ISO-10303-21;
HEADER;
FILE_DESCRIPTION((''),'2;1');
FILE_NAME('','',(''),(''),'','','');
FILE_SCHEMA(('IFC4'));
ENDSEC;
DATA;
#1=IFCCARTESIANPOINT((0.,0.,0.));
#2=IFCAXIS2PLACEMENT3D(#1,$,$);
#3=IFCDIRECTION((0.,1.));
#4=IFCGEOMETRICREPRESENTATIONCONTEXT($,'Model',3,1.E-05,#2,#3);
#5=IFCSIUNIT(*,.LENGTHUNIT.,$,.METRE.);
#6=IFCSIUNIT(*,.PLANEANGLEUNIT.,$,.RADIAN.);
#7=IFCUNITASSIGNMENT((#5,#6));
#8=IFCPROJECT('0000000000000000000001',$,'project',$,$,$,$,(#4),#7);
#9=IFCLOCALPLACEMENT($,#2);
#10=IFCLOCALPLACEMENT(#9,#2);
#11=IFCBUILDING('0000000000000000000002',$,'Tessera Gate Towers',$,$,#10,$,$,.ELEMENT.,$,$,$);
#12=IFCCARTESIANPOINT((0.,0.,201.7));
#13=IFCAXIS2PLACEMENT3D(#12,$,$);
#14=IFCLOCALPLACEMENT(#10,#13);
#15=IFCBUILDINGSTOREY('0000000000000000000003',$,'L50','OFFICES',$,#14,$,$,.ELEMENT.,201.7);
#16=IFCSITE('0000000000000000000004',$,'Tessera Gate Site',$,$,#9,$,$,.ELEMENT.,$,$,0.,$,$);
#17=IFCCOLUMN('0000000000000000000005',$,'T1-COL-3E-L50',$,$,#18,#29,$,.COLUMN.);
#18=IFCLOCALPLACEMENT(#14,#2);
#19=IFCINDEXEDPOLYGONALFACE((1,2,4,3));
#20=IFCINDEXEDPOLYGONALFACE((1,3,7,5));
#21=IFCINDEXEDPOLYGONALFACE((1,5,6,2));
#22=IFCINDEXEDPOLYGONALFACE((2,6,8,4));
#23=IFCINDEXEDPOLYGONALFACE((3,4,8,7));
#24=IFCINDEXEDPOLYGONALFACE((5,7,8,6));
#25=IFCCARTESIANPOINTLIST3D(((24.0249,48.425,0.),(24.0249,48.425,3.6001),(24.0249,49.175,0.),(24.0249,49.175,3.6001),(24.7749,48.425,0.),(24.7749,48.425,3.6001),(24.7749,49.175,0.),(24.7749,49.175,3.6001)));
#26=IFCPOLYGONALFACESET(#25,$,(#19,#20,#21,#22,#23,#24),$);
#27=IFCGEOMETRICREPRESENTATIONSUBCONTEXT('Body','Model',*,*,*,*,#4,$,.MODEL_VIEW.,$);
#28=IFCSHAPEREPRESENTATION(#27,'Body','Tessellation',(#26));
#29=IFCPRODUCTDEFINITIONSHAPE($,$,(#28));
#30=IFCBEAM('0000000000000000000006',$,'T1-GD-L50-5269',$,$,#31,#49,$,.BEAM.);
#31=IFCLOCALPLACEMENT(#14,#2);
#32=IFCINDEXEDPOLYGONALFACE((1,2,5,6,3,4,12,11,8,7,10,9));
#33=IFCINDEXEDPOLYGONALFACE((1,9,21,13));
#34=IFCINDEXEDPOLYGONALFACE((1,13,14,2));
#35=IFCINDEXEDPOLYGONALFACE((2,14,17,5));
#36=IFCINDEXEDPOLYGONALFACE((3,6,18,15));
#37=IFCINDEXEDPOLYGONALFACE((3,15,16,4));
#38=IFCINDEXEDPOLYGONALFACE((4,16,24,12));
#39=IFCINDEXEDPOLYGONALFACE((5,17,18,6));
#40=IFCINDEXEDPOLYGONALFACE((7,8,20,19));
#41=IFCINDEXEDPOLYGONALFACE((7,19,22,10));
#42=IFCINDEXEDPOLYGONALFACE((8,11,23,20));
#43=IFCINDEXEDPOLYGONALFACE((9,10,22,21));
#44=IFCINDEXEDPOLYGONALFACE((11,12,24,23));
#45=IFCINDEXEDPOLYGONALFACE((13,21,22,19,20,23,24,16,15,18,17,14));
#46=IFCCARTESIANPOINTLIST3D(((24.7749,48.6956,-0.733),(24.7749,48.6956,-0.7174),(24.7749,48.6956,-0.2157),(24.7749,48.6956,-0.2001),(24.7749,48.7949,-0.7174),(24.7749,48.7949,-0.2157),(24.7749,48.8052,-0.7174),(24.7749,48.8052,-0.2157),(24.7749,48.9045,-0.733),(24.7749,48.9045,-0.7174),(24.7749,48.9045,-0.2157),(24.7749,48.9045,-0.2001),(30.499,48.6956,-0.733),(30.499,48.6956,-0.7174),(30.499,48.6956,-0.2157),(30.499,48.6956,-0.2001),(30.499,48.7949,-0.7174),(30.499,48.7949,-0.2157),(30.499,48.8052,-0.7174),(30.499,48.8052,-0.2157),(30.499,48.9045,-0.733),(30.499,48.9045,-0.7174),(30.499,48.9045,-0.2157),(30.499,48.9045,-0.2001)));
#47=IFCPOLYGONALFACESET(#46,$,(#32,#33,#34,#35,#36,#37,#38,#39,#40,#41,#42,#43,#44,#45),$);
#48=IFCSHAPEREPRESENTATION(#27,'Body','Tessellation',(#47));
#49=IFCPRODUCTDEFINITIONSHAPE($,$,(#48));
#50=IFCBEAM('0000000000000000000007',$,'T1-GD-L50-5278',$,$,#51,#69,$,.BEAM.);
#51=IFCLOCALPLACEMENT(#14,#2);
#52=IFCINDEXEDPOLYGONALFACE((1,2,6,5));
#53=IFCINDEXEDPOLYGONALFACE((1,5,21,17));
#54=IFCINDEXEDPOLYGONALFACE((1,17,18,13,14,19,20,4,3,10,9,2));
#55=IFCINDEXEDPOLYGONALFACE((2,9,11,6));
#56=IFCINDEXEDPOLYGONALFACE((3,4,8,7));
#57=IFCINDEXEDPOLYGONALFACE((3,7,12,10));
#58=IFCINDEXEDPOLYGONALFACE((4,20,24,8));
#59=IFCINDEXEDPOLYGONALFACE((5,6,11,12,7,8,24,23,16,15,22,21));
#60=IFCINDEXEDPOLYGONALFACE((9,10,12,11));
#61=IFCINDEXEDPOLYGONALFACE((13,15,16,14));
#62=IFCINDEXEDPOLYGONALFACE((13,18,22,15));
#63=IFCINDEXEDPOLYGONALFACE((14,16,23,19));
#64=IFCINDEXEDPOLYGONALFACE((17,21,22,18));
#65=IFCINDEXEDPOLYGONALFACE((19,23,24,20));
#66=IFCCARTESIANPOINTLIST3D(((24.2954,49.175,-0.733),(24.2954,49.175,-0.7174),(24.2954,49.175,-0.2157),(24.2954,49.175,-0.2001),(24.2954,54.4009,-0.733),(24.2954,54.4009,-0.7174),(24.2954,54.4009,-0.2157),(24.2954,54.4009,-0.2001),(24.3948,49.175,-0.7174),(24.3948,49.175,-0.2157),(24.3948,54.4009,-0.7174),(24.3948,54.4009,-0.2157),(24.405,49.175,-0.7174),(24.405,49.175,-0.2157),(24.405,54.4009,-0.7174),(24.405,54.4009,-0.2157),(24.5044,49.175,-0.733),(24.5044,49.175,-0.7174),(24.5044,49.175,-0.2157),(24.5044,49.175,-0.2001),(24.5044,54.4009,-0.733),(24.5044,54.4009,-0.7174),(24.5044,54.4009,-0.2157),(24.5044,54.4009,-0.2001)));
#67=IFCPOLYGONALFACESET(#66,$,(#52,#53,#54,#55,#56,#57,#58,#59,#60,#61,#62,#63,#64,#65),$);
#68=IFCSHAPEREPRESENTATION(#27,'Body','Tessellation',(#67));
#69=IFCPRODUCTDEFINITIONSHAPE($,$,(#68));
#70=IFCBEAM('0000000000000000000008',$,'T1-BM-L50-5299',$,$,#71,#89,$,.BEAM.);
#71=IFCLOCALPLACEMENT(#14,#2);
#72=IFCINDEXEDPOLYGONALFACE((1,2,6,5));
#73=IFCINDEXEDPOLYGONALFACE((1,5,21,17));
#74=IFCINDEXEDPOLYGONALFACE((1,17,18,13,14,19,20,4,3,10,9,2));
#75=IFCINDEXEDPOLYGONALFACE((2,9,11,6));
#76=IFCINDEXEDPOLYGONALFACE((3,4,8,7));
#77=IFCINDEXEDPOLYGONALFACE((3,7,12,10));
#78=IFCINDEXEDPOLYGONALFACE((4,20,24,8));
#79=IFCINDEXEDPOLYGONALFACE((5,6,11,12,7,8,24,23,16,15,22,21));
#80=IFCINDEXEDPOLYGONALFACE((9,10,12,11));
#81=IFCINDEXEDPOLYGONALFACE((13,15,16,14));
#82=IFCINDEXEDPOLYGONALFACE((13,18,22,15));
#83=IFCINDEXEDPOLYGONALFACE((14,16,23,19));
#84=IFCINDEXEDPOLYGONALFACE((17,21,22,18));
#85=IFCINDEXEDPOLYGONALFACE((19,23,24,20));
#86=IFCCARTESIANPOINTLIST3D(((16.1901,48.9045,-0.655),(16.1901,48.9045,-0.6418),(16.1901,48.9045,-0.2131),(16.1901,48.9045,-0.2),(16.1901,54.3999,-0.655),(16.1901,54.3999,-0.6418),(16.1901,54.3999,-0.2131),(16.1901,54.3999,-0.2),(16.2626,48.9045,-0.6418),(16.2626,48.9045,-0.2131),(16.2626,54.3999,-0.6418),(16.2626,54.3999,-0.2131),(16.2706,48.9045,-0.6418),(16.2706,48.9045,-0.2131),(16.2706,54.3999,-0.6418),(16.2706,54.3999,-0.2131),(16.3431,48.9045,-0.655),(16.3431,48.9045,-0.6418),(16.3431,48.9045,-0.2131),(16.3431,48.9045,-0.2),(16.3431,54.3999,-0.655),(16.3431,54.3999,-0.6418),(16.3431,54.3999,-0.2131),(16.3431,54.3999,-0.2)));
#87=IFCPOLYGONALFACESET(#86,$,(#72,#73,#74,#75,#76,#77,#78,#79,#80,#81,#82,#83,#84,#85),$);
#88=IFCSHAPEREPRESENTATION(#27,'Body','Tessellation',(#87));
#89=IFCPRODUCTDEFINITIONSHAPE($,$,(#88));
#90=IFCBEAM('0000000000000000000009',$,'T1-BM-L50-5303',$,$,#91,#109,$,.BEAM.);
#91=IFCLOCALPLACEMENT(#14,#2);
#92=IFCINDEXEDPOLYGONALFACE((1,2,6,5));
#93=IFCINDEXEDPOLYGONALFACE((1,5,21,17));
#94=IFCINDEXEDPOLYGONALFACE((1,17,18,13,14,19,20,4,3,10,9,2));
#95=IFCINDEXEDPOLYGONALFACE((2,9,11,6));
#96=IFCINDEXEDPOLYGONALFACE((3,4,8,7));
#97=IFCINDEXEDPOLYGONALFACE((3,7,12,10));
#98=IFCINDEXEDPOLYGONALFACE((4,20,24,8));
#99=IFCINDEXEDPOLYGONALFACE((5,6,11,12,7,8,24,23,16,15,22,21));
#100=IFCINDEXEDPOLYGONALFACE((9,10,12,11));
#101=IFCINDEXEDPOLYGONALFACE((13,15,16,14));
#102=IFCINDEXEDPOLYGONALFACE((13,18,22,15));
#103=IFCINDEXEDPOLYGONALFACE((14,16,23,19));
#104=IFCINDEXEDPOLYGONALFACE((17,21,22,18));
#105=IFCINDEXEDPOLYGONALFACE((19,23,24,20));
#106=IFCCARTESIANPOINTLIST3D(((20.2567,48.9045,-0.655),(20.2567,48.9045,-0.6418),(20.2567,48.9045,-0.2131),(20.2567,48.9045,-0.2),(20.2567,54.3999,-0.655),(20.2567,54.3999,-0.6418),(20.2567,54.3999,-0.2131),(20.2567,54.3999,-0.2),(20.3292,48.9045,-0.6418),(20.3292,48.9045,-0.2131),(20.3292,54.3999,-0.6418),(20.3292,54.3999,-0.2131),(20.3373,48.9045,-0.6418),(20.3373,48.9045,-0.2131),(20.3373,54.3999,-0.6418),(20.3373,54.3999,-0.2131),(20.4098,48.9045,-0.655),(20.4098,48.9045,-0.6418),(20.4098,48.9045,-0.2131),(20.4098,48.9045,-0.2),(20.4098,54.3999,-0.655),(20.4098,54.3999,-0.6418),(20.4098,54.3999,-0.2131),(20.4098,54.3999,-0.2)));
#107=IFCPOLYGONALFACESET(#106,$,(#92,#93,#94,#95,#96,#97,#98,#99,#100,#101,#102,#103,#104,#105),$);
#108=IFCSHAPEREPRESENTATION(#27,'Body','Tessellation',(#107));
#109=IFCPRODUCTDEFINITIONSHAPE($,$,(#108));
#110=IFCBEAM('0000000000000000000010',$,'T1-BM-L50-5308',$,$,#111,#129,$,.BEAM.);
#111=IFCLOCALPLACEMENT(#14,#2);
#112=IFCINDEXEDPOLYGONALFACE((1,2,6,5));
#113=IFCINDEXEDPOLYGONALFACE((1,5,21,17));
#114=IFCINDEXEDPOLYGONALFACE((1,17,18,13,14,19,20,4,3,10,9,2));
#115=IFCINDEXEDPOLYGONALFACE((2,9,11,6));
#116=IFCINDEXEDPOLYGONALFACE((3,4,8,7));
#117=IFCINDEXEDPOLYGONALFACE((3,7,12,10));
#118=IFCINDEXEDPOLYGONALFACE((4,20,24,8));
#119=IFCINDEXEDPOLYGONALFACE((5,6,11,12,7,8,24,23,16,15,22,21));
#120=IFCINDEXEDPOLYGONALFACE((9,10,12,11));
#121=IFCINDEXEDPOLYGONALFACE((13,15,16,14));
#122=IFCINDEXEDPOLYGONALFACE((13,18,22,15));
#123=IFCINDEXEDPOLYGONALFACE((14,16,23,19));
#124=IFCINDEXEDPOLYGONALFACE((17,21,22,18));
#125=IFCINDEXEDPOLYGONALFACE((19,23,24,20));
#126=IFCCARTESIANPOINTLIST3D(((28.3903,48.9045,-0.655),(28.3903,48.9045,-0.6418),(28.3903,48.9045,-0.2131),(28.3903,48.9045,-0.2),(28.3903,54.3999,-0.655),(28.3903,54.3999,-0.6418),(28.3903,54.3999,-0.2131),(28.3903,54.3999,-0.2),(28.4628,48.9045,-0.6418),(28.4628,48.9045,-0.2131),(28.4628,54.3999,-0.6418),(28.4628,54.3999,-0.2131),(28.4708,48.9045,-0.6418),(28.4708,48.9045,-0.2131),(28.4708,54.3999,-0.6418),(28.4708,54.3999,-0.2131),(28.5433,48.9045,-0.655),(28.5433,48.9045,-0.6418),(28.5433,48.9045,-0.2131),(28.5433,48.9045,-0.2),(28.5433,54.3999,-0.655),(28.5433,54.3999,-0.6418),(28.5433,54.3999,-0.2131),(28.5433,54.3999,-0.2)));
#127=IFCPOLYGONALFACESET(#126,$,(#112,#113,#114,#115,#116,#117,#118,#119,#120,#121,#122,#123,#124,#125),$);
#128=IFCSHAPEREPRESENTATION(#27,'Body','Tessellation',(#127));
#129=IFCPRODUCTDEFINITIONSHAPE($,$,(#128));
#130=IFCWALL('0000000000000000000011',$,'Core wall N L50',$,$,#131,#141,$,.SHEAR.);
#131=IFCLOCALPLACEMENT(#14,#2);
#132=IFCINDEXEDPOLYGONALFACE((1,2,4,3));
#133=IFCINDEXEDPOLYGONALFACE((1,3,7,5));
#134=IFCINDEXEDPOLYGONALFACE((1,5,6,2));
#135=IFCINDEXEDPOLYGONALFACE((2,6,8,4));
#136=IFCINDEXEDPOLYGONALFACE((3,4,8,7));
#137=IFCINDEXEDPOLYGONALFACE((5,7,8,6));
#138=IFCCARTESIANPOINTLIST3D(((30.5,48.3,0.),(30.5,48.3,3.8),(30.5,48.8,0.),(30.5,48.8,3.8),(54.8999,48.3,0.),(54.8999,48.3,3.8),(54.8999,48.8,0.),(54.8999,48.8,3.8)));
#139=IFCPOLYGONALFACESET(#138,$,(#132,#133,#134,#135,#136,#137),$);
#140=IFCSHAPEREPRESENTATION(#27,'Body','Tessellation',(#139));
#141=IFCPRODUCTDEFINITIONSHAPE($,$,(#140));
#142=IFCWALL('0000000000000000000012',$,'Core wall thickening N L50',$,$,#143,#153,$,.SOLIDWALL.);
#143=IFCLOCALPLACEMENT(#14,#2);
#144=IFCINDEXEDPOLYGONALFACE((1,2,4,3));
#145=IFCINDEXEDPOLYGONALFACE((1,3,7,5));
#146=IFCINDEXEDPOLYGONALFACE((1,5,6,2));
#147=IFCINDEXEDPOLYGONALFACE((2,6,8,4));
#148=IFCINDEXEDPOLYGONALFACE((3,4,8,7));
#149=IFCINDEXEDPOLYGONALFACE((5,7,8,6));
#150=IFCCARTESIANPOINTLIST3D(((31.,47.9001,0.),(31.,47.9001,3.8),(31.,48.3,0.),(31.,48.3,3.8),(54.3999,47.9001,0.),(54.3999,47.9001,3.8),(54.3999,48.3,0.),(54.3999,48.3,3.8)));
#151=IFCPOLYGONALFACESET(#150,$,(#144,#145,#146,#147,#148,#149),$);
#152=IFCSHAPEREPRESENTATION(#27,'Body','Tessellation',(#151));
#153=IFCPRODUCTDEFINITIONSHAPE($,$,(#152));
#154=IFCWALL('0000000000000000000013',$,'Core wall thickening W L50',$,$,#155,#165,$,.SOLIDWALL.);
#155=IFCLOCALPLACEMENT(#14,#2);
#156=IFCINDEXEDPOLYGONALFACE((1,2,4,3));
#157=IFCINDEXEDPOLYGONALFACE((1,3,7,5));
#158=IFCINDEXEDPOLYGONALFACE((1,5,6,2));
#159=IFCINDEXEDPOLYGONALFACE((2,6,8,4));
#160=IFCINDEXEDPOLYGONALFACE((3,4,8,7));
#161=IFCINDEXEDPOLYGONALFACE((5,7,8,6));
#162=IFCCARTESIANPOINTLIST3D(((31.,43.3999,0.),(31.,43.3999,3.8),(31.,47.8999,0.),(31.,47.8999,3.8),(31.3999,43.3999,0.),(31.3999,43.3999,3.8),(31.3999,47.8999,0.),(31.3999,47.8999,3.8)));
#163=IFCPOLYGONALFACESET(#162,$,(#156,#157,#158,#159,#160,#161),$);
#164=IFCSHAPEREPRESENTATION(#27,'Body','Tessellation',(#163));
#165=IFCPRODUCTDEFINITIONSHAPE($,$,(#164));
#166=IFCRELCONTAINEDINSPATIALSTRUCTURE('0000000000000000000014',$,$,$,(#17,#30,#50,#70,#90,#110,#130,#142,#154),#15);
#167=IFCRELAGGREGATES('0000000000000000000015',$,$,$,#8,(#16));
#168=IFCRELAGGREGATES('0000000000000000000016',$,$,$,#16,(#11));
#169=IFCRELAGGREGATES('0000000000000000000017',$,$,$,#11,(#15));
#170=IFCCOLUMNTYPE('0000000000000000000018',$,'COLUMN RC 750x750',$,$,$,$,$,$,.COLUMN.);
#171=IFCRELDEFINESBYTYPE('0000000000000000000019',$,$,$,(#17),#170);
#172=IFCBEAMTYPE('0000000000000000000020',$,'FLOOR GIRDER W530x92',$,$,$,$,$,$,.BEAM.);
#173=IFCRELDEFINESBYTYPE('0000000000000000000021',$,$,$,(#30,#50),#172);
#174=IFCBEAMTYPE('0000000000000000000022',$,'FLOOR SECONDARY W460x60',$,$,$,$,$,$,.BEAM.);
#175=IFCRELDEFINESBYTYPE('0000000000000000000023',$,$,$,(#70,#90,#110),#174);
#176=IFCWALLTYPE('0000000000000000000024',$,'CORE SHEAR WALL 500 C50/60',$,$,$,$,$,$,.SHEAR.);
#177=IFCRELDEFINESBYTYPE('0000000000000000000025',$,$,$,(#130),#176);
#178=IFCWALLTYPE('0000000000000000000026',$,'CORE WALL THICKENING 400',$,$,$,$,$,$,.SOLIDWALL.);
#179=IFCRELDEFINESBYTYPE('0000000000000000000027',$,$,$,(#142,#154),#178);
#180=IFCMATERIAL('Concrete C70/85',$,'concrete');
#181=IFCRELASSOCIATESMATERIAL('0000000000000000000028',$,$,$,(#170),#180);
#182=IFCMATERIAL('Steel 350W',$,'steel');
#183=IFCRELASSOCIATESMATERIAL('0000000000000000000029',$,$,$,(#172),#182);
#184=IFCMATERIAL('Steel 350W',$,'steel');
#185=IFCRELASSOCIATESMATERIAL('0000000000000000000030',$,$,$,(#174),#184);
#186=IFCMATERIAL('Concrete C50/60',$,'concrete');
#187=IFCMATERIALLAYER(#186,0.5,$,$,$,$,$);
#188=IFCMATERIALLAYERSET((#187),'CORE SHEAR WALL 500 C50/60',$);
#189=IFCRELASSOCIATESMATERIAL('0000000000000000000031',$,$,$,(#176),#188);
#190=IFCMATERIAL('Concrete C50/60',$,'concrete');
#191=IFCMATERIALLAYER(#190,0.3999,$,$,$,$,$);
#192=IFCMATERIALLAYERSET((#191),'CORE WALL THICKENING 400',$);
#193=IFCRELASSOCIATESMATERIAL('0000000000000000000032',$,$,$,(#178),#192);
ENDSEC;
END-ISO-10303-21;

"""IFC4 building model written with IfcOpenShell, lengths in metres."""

from ifc_helpers import new_model, si_unit, direction, frame, frame_2d, origin, origin_2d, place, context, subcontext, project, spatial, rectangle, i_section, extrude, material, layer, layer_set, material_profile, profile_set, type_object, element, save


model = new_model("IFC4")

# Units and contexts
model_context = context("Model", 3, precision=1e-05, world=origin(), true_north=direction((0.0, 1.0)))
body_context = subcontext(model_context, "Body", "Model", "MODEL_VIEW")
ifc_project = project(units=[si_unit("LENGTHUNIT", "METRE"), si_unit("PLANEANGLEUNIT", "RADIAN")], contexts=[model_context])

# Site, building, storey
site_placement = place(None, origin())
site = spatial("IfcSite", under=ifc_project, at=site_placement, Name="Tessera Gate Site", CompositionType="ELEMENT", RefElevation=0.0)
building_placement = place(site_placement, origin())
building = spatial("IfcBuilding", under=site, at=building_placement, Name="Tessera Gate Towers", CompositionType="ELEMENT")
storey_placement = place(building_placement, frame((0.0, 0.0, 201.7)))
storey = spatial("IfcBuildingStorey", under=building, at=storey_placement, Name="L50", Description="OFFICES", CompositionType="ELEMENT", Elevation=201.7)

# Column
ifc_material_1 = material(Name="Concrete C70/85", Category="concrete")
ifc_material_profile_1 = material_profile(ifc_material_1, rectangle(XDim=0.75, YDim=0.75, at=origin_2d()), Name="RC 750x750")
ifc_profile_set_1 = profile_set([ifc_material_profile_1], Name="Concrete C70/85")
column_type = type_object("IfcColumnType", Name="COLUMN RC 750x750", PredefinedType="COLUMN", material=ifc_profile_set_1)
column_placement = place(storey_placement, frame((24.3999, 48.8, 0.0), z_axis=(0.0, 0.0, 1.0), x_axis=(1.0, 0.0, 0.0)))
element("IfcColumn", 1, at=column_placement, inside=storey, type_object=column_type, Name="T1-COL-3E-L50", PredefinedType="COLUMN", context=body_context, shape_type="SweptSolid", body=[
    extrude(rectangle(XDim=0.75, YDim=0.75, at=origin_2d()), origin(), (0.0, 0.0, 1.0), 3.6001),
])

# Beams
ifc_material_2 = material(Name="Steel 350W", Category="steel")
ifc_material_profile_2 = material_profile(ifc_material_2, i_section(OverallWidth=0.209, OverallDepth=0.533, WebThickness=0.0103, FlangeThickness=0.0156, at=origin_2d()), Name="W530x92")
ifc_profile_set_2 = profile_set([ifc_material_profile_2], Name="Steel 350W")
beam_type_1 = type_object("IfcBeamType", Name="FLOOR GIRDER W530x92", PredefinedType="BEAM", material=ifc_profile_set_2)
beam_1_placement = place(storey_placement, frame((24.7749, 48.8, -0.4666), z_axis=(1.0, 0.0, 0.0), x_axis=(0.0, 1.0, 0.0)))
element("IfcBeam", 2, at=beam_1_placement, inside=storey, type_object=beam_type_1, Name="T1-GD-L50-5269", PredefinedType="BEAM", context=body_context, shape_type="SweptSolid", body=[
    extrude(i_section(OverallWidth=0.209, OverallDepth=0.533, WebThickness=0.0103, FlangeThickness=0.0156, at=origin_2d()), origin(), (0.0, 0.0, 1.0), 5.7241),
])
beam_2_placement = place(storey_placement, frame((24.3999, 49.175, -0.4666), z_axis=(0.0, 1.0, 0.0), x_axis=(-1.0, 0.0, 0.0)))
element("IfcBeam", 3, at=beam_2_placement, inside=storey, type_object=beam_type_1, Name="T1-GD-L50-5278", PredefinedType="BEAM", context=body_context, shape_type="SweptSolid", body=[
    extrude(i_section(OverallWidth=0.209, OverallDepth=0.533, WebThickness=0.0103, FlangeThickness=0.0156, at=origin_2d()), origin(), (0.0, 0.0, 1.0), 5.2258),
])
ifc_material_3 = material(Name="Steel 350W", Category="steel")
ifc_material_profile_3 = material_profile(ifc_material_3, i_section(OverallWidth=0.1531, OverallDepth=0.4551, WebThickness=0.0081, FlangeThickness=0.0132, at=origin_2d()), Name="W460x60")
ifc_profile_set_3 = profile_set([ifc_material_profile_3], Name="Steel 350W")
beam_type_2 = type_object("IfcBeamType", Name="FLOOR SECONDARY W460x60", PredefinedType="BEAM", material=ifc_profile_set_3)
for number, where, z_axis, x_axis, name in (
    (4, (16.2666, 48.9045, -0.4275), (0.0, 1.0, 0.0), (-1.0, 0.0, 0.0), "T1-BM-L50-5299"),
    (5, (20.3333, 48.9045, -0.4275), (0.0, 1.0, 0.0), (-1.0, 0.0, 0.0), "T1-BM-L50-5303"),
    (6, (28.4668, 48.9045, -0.4275), (0.0, 1.0, 0.0), (-1.0, 0.0, 0.0), "T1-BM-L50-5308"),
):
    element("IfcBeam", number, at=place(storey_placement, frame(where, z_axis=z_axis, x_axis=x_axis)), inside=storey, type_object=beam_type_2, Name=name, PredefinedType="BEAM", context=body_context, shape_type="SweptSolid", body=[
        extrude(i_section(OverallWidth=0.1531, OverallDepth=0.4551, WebThickness=0.0081, FlangeThickness=0.0132, at=origin_2d()), origin(), (0.0, 0.0, 1.0), 5.4954),
    ])

# Walls
ifc_material_4 = material(Name="Concrete C50/60", Category="concrete")
ifc_layer_1 = layer(ifc_material_4, 0.5)
ifc_layer_set_1 = layer_set([ifc_layer_1], Name="CORE SHEAR WALL 500 C50/60")
wall_type_1 = type_object("IfcWallType", Name="CORE SHEAR WALL 500 C50/60", PredefinedType="SHEAR", material=ifc_layer_set_1)
wall_1_placement = place(storey_placement, frame((30.5, 48.55, 0.0), z_axis=(0.0, 0.0, 1.0), x_axis=(1.0, 0.0, 0.0)))
element("IfcWall", 7, at=wall_1_placement, inside=storey, type_object=wall_type_1, Name="Core wall N L50", PredefinedType="SHEAR", context=body_context, shape_type="SweptSolid", body=[
    extrude(rectangle(XDim=24.3999, YDim=0.5, at=frame_2d((12.2, 0.0))), origin(), (0.0, 0.0, 1.0), 3.8),
])
ifc_material_5 = material(Name="Concrete C50/60", Category="concrete")
ifc_layer_2 = layer(ifc_material_5, 0.3999)
ifc_layer_set_2 = layer_set([ifc_layer_2], Name="CORE WALL THICKENING 400")
wall_type_2 = type_object("IfcWallType", Name="CORE WALL THICKENING 400", PredefinedType="SOLIDWALL", material=ifc_layer_set_2)
wall_2_placement = place(storey_placement, frame((31.0, 48.1001, 0.0), z_axis=(0.0, 0.0, 1.0), x_axis=(1.0, 0.0, 0.0)))
element("IfcWall", 8, at=wall_2_placement, inside=storey, type_object=wall_type_2, Name="Core wall thickening N L50", PredefinedType="SOLIDWALL", context=body_context, shape_type="SweptSolid", body=[
    extrude(rectangle(XDim=23.3999, YDim=0.3999, at=frame_2d((11.7, 0.0))), origin(), (0.0, 0.0, 1.0), 3.8),
])
wall_3_placement = place(storey_placement, frame((31.2, 43.3999, 0.0), z_axis=(0.0, 0.0, 1.0), x_axis=(0.0, 1.0, 0.0)))
element("IfcWall", 9, at=wall_3_placement, inside=storey, type_object=wall_type_2, Name="Core wall thickening W L50", PredefinedType="SOLIDWALL", context=body_context, shape_type="SweptSolid", body=[
    extrude(rectangle(XDim=4.5, YDim=0.3999, at=frame_2d((2.25, 0.0))), origin(), (0.0, 0.0, 1.0), 3.8),
])

save(model, "model.ifc")
